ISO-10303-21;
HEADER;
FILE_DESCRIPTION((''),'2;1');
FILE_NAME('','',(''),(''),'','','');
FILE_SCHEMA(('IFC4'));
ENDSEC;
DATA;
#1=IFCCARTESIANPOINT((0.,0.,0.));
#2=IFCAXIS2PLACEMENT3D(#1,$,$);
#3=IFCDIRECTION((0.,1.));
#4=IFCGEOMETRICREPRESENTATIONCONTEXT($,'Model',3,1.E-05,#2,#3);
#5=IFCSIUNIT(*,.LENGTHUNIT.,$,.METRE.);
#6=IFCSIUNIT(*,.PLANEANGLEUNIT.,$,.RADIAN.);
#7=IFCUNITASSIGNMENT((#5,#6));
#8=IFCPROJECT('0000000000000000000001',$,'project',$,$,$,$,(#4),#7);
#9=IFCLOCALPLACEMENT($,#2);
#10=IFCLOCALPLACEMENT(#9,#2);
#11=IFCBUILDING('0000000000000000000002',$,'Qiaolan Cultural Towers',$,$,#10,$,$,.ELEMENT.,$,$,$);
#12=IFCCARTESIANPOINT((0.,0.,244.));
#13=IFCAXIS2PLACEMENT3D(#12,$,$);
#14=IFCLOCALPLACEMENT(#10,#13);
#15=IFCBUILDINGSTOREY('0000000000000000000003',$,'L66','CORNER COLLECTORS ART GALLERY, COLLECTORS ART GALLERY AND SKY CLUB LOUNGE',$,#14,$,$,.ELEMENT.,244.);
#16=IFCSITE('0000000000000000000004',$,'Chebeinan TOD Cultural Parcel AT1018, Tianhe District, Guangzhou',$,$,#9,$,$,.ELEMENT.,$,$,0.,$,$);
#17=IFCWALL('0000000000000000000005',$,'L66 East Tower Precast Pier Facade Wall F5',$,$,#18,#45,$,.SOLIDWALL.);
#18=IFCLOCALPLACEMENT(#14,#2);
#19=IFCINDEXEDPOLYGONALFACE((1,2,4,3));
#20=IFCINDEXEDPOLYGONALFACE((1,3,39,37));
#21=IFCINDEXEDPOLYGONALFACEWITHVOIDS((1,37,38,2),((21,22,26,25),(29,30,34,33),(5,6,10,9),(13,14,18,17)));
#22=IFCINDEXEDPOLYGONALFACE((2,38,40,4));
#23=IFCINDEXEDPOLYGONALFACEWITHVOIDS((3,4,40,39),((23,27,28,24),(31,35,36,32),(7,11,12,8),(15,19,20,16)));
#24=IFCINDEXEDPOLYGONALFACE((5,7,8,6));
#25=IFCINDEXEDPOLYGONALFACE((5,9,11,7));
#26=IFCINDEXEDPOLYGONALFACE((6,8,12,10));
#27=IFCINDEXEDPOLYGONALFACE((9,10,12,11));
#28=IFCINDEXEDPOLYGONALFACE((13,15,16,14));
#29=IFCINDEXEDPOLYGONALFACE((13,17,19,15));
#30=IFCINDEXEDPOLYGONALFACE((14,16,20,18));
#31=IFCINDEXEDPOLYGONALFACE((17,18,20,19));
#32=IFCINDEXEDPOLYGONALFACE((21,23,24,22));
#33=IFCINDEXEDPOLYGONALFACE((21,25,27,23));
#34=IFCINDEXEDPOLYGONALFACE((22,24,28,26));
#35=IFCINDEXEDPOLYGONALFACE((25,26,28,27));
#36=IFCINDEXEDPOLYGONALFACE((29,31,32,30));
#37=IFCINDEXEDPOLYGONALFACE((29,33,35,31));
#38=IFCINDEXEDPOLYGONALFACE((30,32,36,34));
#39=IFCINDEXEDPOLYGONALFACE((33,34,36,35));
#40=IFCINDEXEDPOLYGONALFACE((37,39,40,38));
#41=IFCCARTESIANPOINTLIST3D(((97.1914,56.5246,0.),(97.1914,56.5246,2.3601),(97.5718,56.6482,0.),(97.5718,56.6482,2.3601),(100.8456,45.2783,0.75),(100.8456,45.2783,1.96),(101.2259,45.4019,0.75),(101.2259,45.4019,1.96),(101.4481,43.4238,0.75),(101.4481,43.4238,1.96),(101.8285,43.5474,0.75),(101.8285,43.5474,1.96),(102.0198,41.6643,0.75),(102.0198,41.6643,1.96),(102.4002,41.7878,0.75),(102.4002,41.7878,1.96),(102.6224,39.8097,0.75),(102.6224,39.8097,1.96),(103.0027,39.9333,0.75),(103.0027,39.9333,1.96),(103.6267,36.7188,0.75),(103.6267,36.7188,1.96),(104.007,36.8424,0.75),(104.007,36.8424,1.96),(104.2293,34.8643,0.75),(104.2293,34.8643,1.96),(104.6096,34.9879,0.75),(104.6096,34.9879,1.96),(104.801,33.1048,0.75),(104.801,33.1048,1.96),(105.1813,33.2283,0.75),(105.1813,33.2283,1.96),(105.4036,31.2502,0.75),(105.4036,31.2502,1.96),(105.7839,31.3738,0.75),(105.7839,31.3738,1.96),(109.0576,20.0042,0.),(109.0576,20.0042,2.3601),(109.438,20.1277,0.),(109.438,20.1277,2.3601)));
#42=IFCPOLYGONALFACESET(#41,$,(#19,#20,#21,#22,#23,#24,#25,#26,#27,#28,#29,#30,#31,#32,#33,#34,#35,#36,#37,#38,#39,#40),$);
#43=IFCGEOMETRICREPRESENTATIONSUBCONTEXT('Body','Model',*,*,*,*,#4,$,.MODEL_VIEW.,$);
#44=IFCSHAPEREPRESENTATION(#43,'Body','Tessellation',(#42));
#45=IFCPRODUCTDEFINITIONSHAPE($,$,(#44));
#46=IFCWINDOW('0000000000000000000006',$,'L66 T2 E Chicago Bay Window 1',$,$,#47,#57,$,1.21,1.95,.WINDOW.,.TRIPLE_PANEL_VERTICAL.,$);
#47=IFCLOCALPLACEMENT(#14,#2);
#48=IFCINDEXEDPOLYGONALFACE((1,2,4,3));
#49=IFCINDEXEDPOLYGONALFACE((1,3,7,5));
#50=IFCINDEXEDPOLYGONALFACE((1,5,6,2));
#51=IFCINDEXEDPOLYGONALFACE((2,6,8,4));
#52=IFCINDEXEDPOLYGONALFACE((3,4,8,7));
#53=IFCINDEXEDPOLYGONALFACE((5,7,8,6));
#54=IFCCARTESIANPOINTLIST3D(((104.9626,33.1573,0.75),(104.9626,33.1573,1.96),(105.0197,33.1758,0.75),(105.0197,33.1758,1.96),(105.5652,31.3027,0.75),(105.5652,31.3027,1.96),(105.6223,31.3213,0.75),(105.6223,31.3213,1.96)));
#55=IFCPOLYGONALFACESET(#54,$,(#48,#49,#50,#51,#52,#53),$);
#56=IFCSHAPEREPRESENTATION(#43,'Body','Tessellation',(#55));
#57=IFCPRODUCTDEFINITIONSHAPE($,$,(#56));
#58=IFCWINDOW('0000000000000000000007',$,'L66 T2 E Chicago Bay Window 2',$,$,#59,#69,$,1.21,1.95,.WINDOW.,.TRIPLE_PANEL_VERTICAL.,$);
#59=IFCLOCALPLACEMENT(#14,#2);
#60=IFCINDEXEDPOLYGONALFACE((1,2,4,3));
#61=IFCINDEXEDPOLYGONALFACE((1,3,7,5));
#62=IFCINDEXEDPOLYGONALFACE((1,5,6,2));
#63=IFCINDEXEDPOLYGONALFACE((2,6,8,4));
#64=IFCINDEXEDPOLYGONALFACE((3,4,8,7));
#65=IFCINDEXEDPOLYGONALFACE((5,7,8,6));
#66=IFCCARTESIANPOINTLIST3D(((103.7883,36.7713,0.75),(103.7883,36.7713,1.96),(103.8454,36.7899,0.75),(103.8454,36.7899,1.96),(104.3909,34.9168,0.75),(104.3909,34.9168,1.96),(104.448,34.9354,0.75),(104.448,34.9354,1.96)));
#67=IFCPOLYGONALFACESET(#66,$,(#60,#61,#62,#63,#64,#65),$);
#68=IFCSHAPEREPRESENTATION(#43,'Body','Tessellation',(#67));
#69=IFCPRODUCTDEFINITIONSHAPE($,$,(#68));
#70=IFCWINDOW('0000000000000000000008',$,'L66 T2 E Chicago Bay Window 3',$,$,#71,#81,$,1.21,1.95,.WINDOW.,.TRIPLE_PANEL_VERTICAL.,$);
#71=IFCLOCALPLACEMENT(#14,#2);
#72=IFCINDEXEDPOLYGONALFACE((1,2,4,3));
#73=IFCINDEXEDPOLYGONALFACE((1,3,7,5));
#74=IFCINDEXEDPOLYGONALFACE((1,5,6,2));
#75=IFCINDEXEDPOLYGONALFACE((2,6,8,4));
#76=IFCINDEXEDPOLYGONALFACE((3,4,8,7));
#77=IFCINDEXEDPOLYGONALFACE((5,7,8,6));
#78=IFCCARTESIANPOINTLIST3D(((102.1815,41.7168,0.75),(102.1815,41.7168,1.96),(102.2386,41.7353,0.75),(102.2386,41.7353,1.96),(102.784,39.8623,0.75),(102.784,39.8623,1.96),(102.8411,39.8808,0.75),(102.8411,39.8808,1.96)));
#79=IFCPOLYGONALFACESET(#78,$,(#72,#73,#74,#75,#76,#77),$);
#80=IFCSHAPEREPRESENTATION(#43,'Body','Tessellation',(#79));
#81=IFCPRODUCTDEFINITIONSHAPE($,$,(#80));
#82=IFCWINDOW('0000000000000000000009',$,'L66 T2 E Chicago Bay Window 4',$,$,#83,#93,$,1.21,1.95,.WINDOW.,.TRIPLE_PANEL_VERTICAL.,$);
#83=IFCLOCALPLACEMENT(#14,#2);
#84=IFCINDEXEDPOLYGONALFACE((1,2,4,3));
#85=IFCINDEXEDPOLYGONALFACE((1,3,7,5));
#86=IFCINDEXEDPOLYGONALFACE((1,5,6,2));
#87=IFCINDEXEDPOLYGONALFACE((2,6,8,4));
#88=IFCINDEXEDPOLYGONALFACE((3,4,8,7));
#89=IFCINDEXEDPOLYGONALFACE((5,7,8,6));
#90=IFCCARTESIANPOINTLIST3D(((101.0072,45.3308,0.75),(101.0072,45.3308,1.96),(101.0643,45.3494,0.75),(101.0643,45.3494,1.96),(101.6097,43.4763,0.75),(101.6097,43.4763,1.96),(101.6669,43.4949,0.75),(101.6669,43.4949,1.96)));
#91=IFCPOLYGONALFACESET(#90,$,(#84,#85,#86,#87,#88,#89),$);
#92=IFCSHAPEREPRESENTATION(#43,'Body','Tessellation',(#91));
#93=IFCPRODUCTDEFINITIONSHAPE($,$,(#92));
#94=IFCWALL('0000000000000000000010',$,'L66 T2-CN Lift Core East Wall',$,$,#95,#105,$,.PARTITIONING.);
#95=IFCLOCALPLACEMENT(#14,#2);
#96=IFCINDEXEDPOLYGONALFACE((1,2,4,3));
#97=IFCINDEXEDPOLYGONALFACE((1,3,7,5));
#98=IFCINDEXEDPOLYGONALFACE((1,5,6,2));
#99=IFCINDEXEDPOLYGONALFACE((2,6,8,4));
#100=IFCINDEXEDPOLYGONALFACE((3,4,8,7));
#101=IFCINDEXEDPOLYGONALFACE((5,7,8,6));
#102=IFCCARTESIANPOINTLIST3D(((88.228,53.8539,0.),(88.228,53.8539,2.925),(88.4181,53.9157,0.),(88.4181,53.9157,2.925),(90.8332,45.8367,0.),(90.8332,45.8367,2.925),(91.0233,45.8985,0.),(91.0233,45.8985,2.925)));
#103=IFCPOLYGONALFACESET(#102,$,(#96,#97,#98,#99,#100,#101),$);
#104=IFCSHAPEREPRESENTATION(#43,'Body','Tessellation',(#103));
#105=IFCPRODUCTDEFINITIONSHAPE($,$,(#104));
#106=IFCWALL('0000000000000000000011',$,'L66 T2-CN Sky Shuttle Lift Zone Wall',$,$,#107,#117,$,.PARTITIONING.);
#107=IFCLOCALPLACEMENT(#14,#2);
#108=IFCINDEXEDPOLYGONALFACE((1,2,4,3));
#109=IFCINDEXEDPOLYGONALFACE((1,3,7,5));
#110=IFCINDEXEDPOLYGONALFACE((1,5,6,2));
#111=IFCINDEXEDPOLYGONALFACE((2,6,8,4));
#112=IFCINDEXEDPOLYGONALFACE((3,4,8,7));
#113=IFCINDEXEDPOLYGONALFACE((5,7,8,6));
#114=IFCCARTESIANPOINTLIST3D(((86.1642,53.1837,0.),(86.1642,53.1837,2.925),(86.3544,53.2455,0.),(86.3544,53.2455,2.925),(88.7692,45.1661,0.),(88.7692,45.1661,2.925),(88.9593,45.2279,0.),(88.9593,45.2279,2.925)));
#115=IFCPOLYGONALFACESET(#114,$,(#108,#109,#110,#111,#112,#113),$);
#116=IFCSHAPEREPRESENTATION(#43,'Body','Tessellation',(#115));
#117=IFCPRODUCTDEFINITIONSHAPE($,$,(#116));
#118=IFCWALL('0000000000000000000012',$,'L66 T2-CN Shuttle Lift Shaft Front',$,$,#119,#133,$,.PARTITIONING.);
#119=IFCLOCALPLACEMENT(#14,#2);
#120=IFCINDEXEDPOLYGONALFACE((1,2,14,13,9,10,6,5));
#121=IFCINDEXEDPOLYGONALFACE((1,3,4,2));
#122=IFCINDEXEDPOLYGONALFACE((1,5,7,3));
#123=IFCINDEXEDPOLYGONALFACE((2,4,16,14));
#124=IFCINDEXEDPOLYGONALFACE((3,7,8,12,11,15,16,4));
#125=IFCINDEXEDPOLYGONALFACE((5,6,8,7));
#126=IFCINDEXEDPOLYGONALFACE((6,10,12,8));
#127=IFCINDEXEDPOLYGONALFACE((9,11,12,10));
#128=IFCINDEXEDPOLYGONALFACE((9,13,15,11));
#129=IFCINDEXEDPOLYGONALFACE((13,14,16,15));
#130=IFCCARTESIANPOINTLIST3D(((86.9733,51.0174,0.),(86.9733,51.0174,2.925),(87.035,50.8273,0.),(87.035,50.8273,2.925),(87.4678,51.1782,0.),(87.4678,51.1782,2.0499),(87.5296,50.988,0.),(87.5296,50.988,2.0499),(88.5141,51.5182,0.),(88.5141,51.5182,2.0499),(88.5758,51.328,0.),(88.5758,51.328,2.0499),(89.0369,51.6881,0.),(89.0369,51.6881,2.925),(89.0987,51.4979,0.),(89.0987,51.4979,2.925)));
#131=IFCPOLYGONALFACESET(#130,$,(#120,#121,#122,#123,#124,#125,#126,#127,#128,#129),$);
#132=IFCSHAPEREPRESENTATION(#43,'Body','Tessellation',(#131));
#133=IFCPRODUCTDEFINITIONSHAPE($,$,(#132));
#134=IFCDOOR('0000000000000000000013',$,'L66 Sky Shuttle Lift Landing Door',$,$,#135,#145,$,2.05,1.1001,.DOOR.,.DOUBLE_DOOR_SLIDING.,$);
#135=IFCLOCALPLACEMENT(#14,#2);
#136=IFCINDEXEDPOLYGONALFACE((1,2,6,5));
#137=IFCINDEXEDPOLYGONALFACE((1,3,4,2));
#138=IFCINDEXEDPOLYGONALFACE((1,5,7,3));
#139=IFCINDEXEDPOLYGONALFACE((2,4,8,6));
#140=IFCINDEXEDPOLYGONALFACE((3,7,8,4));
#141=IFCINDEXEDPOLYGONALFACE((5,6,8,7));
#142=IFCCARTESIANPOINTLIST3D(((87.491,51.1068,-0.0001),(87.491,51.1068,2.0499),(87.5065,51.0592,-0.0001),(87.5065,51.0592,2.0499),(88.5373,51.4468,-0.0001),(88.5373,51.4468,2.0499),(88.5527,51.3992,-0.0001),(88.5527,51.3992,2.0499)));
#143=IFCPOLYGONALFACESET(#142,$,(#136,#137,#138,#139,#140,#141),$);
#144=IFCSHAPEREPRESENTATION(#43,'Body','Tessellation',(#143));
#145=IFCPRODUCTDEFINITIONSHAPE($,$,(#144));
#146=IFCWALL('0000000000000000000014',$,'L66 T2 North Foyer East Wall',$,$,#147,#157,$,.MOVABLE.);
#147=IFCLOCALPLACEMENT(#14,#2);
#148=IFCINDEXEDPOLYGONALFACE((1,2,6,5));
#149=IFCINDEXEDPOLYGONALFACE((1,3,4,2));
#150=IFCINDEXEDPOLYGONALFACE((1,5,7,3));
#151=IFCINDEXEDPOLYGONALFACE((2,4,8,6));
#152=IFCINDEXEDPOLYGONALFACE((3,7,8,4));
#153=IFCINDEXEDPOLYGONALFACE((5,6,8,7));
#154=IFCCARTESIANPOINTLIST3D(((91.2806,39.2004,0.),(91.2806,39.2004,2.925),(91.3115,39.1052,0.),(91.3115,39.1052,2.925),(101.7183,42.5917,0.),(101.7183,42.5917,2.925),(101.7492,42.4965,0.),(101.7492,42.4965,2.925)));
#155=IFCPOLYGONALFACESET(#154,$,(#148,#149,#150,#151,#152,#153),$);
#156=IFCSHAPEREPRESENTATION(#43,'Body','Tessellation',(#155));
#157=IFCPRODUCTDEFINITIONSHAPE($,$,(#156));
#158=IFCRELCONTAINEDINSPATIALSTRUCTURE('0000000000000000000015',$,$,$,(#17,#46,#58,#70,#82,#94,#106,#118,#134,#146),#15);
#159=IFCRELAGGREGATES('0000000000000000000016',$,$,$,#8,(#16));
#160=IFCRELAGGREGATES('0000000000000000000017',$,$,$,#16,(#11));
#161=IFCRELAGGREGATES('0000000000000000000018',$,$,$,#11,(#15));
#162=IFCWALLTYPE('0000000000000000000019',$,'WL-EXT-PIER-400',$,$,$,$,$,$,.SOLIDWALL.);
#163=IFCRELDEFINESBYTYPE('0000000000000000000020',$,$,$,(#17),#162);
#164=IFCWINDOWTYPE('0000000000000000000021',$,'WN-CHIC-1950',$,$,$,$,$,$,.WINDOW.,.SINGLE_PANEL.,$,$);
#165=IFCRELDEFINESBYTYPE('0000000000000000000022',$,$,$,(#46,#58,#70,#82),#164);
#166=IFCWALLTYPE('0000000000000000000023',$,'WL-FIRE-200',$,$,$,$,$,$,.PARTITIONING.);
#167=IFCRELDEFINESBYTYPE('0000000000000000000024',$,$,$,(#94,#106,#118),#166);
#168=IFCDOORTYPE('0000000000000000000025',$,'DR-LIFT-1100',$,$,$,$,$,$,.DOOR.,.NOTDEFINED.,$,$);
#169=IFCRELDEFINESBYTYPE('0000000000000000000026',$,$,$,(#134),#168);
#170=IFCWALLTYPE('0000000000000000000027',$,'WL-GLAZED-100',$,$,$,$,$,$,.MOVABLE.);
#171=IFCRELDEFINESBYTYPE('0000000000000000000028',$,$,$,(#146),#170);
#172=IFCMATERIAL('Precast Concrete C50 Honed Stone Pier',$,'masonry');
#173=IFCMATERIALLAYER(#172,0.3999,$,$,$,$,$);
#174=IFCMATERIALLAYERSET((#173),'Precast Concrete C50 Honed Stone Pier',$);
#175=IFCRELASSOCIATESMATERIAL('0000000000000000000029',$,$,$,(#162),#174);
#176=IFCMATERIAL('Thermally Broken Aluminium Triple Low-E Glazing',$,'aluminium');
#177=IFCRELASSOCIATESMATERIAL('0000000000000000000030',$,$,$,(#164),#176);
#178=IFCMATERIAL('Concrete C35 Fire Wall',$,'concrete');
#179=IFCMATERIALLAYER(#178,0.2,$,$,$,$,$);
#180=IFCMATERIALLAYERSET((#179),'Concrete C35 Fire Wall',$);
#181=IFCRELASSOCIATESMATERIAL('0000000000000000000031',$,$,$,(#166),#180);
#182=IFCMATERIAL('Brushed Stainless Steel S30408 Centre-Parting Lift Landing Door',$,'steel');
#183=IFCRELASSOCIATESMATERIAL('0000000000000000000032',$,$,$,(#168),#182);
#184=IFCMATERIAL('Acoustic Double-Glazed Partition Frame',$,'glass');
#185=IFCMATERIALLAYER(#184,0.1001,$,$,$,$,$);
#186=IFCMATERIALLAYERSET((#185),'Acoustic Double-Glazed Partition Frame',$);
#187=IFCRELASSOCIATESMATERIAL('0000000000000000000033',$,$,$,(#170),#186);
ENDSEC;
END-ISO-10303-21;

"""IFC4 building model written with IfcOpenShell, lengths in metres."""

from ifc_helpers import new_model, si_unit, direction, frame, frame_2d, origin, place, context, subcontext, project, spatial, rectangle, extrude, material, layer, layer_set, type_object, element, fill, save


model = new_model("IFC4")

# Units and contexts
model_context = context("Model", 3, precision=1e-05, world=origin(), true_north=direction((0.0, 1.0)))
body_context = subcontext(model_context, "Body", "Model", "MODEL_VIEW")
ifc_project = project(units=[si_unit("LENGTHUNIT", "METRE"), si_unit("PLANEANGLEUNIT", "RADIAN")], contexts=[model_context])

# Site, building, storey
site_placement = place(None, origin())
site = spatial("IfcSite", under=ifc_project, at=site_placement, Name="Chebeinan TOD Cultural Parcel AT1018, Tianhe District, Guangzhou", CompositionType="ELEMENT", RefElevation=0.0)
building_placement = place(site_placement, origin())
building = spatial("IfcBuilding", under=site, at=building_placement, Name="Qiaolan Cultural Towers", CompositionType="ELEMENT")
storey_placement = place(building_placement, frame((0.0, 0.0, 244.0)))
storey = spatial("IfcBuildingStorey", under=building, at=storey_placement, Name="L66", Description="CORNER COLLECTORS ART GALLERY, COLLECTORS ART GALLERY AND SKY CLUB LOUNGE", CompositionType="ELEMENT", Elevation=244.0)

# Shared definitions
ifc_material_1 = material(Name="Precast Concrete C50 Honed Stone Pier", Category="masonry")
ifc_layer_1 = layer(ifc_material_1, 0.3999)
ifc_layer_set_1 = layer_set([ifc_layer_1], Name="Precast Concrete C50 Honed Stone Pier")
wall_type_1 = type_object("IfcWallType", Name="WL-EXT-PIER-400", PredefinedType="SOLIDWALL", material=ifc_layer_set_1)

# Wall, openings, windows
wall_1_placement = place(storey_placement, frame((97.3816, 56.5864, 0.0), z_axis=(0.0, 0.0, 1.0), x_axis=(0.309016, -0.951057, 0.0)))
wall_1 = element("IfcWall", 1, at=wall_1_placement, inside=storey, type_object=wall_type_1, Name="L66 East Tower Precast Pier Facade Wall F5", PredefinedType="SOLIDWALL", context=body_context, shape_type="SweptSolid", body=[
    extrude(rectangle(XDim=38.3999, YDim=0.3999, at=frame_2d((19.2, 0.0))), origin(), (0.0, 0.0, 1.0), 2.3601),
])
opening_1_placement = place(wall_1_placement, frame((24.625, 0.0, 0.75)))
opening_1 = element("IfcOpeningElement", 2, at=opening_1_placement, cuts=wall_1, PredefinedType="OPENING", context=body_context, shape_type="SweptSolid", body=[
    extrude(rectangle(XDim=1.95, YDim=1.21, at=frame_2d((0.9751, 0.605))), frame((0.0, 0.21, 0.0), z_axis=(0.0, -1.0, 0.0), x_axis=(1.0, 0.0, 0.0)), (0.0, 0.0, 1.0), 0.4199),
])
opening_2_placement = place(wall_1_placement, frame((20.825, 0.0, 0.75)))
opening_2 = element("IfcOpeningElement", 3, at=opening_2_placement, cuts=wall_1, PredefinedType="OPENING", context=body_context, shape_type="SweptSolid", body=[
    extrude(rectangle(XDim=1.95, YDim=1.21, at=frame_2d((0.9751, 0.605))), frame((0.0, 0.21, 0.0), z_axis=(0.0, -1.0, 0.0), x_axis=(1.0, 0.0, 0.0)), (0.0, 0.0, 1.0), 0.4199),
])
opening_3_placement = place(wall_1_placement, frame((15.625, 0.0, 0.75)))
opening_3 = element("IfcOpeningElement", 4, at=opening_3_placement, cuts=wall_1, PredefinedType="OPENING", context=body_context, shape_type="SweptSolid", body=[
    extrude(rectangle(XDim=1.95, YDim=1.21, at=frame_2d((0.9751, 0.605))), frame((0.0, 0.21, 0.0), z_axis=(0.0, -1.0, 0.0), x_axis=(1.0, 0.0, 0.0)), (0.0, 0.0, 1.0), 0.4199),
])
opening_4_placement = place(wall_1_placement, frame((11.825, 0.0, 0.75)))
opening_4 = element("IfcOpeningElement", 5, at=opening_4_placement, cuts=wall_1, PredefinedType="OPENING", context=body_context, shape_type="SweptSolid", body=[
    extrude(rectangle(XDim=1.95, YDim=1.21, at=frame_2d((0.9751, 0.605))), frame((0.0, 0.21, 0.0), z_axis=(0.0, -1.0, 0.0), x_axis=(1.0, 0.0, 0.0)), (0.0, 0.0, 1.0), 0.4199),
])
ifc_material_2 = material(Name="Thermally Broken Aluminium Triple Low-E Glazing", Category="aluminium")
window_type = type_object("IfcWindowType", Name="WN-CHIC-1950", PartitioningType="SINGLE_PANEL", PredefinedType="WINDOW", material=ifc_material_2)
window_1_placement = place(opening_1_placement, origin())
window_1 = element("IfcWindow", 6, at=window_1_placement, inside=storey, type_object=window_type, Name="L66 T2 E Chicago Bay Window 1", OverallHeight=1.21, OverallWidth=1.95, PartitioningType="TRIPLE_PANEL_VERTICAL", PredefinedType="WINDOW", context=body_context, shape_type="SweptSolid", body=[
    extrude(rectangle(XDim=1.95, YDim=1.21, at=frame_2d((0.9751, 0.605))), frame((0.0, 0.03, 0.0), z_axis=(0.0, -1.0, 0.0), x_axis=(1.0, 0.0, 0.0)), (0.0, 0.0, 1.0), 0.0601),
])
fill(opening_1, window_1)
window_2_placement = place(opening_2_placement, origin())
window_2 = element("IfcWindow", 7, at=window_2_placement, inside=storey, type_object=window_type, Name="L66 T2 E Chicago Bay Window 2", OverallHeight=1.21, OverallWidth=1.95, PartitioningType="TRIPLE_PANEL_VERTICAL", PredefinedType="WINDOW", context=body_context, shape_type="SweptSolid", body=[
    extrude(rectangle(XDim=1.95, YDim=1.21, at=frame_2d((0.9751, 0.605))), frame((0.0, 0.03, 0.0), z_axis=(0.0, -1.0, 0.0), x_axis=(1.0, 0.0, 0.0)), (0.0, 0.0, 1.0), 0.0601),
])
fill(opening_2, window_2)
window_3_placement = place(opening_3_placement, origin())
window_3 = element("IfcWindow", 8, at=window_3_placement, inside=storey, type_object=window_type, Name="L66 T2 E Chicago Bay Window 3", OverallHeight=1.21, OverallWidth=1.95, PartitioningType="TRIPLE_PANEL_VERTICAL", PredefinedType="WINDOW", context=body_context, shape_type="SweptSolid", body=[
    extrude(rectangle(XDim=1.95, YDim=1.21, at=frame_2d((0.9751, 0.605))), frame((0.0, 0.03, 0.0), z_axis=(0.0, -1.0, 0.0), x_axis=(1.0, 0.0, 0.0)), (0.0, 0.0, 1.0), 0.0601),
])
fill(opening_3, window_3)
window_4_placement = place(opening_4_placement, origin())
window_4 = element("IfcWindow", 9, at=window_4_placement, inside=storey, type_object=window_type, Name="L66 T2 E Chicago Bay Window 4", OverallHeight=1.21, OverallWidth=1.95, PartitioningType="TRIPLE_PANEL_VERTICAL", PredefinedType="WINDOW", context=body_context, shape_type="SweptSolid", body=[
    extrude(rectangle(XDim=1.95, YDim=1.21, at=frame_2d((0.9751, 0.605))), frame((0.0, 0.03, 0.0), z_axis=(0.0, -1.0, 0.0), x_axis=(1.0, 0.0, 0.0)), (0.0, 0.0, 1.0), 0.0601),
])
fill(opening_4, window_4)

# Walls
ifc_material_3 = material(Name="Concrete C35 Fire Wall", Category="concrete")
ifc_layer_2 = layer(ifc_material_3, 0.2)
ifc_layer_set_2 = layer_set([ifc_layer_2], Name="Concrete C35 Fire Wall")
wall_type_2 = type_object("IfcWallType", Name="WL-FIRE-200", PredefinedType="PARTITIONING", material=ifc_layer_set_2)
wall_2_placement = place(storey_placement, frame((90.9282, 45.8677, 0.0), z_axis=(0.0, 0.0, 1.0), x_axis=(-0.309042, 0.951048, 0.0)))
element("IfcWall", 10, at=wall_2_placement, inside=storey, type_object=wall_type_2, Name="L66 T2-CN Lift Core East Wall", PredefinedType="PARTITIONING", context=body_context, shape_type="SweptSolid", body=[
    extrude(rectangle(XDim=8.4299, YDim=0.2, at=frame_2d((4.2148, 0.0))), origin(), (0.0, 0.0, 1.0), 2.925),
])
wall_3_placement = place(storey_placement, frame((88.8643, 45.197, 0.0), z_axis=(0.0, 0.0, 1.0), x_axis=(-0.309007, 0.95106, 0.0)))
element("IfcWall", 11, at=wall_3_placement, inside=storey, type_object=wall_type_2, Name="L66 T2-CN Sky Shuttle Lift Zone Wall", PredefinedType="PARTITIONING", context=body_context, shape_type="SweptSolid", body=[
    extrude(rectangle(XDim=8.4302, YDim=0.2, at=frame_2d((4.2151, 0.0))), origin(), (0.0, 0.0, 1.0), 2.925),
])

# Wall, opening, door
wall_4_placement = place(storey_placement, frame((87.0042, 50.9224, 0.0), z_axis=(0.0, 0.0, 1.0), x_axis=(0.951042, 0.309063, 0.0)))
wall_4 = element("IfcWall", 12, at=wall_4_placement, inside=storey, type_object=wall_type_2, Name="L66 T2-CN Shuttle Lift Shaft Front", PredefinedType="PARTITIONING", context=body_context, shape_type="SweptSolid", body=[
    extrude(rectangle(XDim=2.1699, YDim=0.2, at=frame_2d((1.085, 0.0))), origin(), (0.0, 0.0, 1.0), 2.925),
])
opening_5_placement = place(wall_4_placement, frame((0.52, 0.0, 0.0)))
opening_5 = element("IfcOpeningElement", 13, at=opening_5_placement, cuts=wall_4, PredefinedType="OPENING", context=body_context, shape_type="SweptSolid", body=[
    extrude(rectangle(XDim=1.1001, YDim=2.05, at=frame_2d((0.55, 1.0249))), frame((0.0, 0.1099, 0.0), z_axis=(0.0, -1.0, 0.0), x_axis=(1.0, 0.0, 0.0)), (0.0, 0.0, 1.0), 0.22),
])
ifc_material_4 = material(Name="Brushed Stainless Steel S30408 Centre-Parting Lift Landing Door", Category="steel")
door_type_1 = type_object("IfcDoorType", Name="DR-LIFT-1100", OperationType="NOTDEFINED", PredefinedType="DOOR", material=ifc_material_4)
door_1_placement = place(opening_5_placement, origin())
door_1 = element("IfcDoor", 14, at=door_1_placement, inside=storey, type_object=door_type_1, Name="L66 Sky Shuttle Lift Landing Door", OperationType="DOUBLE_DOOR_SLIDING", OverallHeight=2.05, OverallWidth=1.1001, PredefinedType="DOOR", context=body_context, shape_type="SweptSolid", body=[
    extrude(rectangle(XDim=1.1001, YDim=2.05, at=frame_2d((0.55, 1.0249))), frame((0.0, 0.0249, 0.0), z_axis=(0.0, -1.0, 0.0), x_axis=(1.0, 0.0, 0.0)), (0.0, 0.0, 1.0), 0.05),
])
fill(opening_5, door_1)

# Wall
ifc_material_5 = material(Name="Acoustic Double-Glazed Partition Frame", Category="glass")
ifc_layer_3 = layer(ifc_material_5, 0.1001)
ifc_layer_set_3 = layer_set([ifc_layer_3], Name="Acoustic Double-Glazed Partition Frame")
wall_type_3 = type_object("IfcWallType", Name="WL-GLAZED-100", PredefinedType="MOVABLE", material=ifc_layer_set_3)
wall_5_placement = place(storey_placement, frame((91.2961, 39.1528, 0.0), z_axis=(0.0, 0.0, 1.0), x_axis=(0.951058, 0.309011, 0.0)))
element("IfcWall", 15, at=wall_5_placement, inside=storey, type_object=wall_type_3, Name="L66 T2 North Foyer East Wall", PredefinedType="MOVABLE", context=body_context, shape_type="SweptSolid", body=[
    extrude(rectangle(XDim=10.9749, YDim=0.1001, at=frame_2d((5.4873, 0.0))), origin(), (0.0, 0.0, 1.0), 2.925),
])

save(model, "model.ifc")
